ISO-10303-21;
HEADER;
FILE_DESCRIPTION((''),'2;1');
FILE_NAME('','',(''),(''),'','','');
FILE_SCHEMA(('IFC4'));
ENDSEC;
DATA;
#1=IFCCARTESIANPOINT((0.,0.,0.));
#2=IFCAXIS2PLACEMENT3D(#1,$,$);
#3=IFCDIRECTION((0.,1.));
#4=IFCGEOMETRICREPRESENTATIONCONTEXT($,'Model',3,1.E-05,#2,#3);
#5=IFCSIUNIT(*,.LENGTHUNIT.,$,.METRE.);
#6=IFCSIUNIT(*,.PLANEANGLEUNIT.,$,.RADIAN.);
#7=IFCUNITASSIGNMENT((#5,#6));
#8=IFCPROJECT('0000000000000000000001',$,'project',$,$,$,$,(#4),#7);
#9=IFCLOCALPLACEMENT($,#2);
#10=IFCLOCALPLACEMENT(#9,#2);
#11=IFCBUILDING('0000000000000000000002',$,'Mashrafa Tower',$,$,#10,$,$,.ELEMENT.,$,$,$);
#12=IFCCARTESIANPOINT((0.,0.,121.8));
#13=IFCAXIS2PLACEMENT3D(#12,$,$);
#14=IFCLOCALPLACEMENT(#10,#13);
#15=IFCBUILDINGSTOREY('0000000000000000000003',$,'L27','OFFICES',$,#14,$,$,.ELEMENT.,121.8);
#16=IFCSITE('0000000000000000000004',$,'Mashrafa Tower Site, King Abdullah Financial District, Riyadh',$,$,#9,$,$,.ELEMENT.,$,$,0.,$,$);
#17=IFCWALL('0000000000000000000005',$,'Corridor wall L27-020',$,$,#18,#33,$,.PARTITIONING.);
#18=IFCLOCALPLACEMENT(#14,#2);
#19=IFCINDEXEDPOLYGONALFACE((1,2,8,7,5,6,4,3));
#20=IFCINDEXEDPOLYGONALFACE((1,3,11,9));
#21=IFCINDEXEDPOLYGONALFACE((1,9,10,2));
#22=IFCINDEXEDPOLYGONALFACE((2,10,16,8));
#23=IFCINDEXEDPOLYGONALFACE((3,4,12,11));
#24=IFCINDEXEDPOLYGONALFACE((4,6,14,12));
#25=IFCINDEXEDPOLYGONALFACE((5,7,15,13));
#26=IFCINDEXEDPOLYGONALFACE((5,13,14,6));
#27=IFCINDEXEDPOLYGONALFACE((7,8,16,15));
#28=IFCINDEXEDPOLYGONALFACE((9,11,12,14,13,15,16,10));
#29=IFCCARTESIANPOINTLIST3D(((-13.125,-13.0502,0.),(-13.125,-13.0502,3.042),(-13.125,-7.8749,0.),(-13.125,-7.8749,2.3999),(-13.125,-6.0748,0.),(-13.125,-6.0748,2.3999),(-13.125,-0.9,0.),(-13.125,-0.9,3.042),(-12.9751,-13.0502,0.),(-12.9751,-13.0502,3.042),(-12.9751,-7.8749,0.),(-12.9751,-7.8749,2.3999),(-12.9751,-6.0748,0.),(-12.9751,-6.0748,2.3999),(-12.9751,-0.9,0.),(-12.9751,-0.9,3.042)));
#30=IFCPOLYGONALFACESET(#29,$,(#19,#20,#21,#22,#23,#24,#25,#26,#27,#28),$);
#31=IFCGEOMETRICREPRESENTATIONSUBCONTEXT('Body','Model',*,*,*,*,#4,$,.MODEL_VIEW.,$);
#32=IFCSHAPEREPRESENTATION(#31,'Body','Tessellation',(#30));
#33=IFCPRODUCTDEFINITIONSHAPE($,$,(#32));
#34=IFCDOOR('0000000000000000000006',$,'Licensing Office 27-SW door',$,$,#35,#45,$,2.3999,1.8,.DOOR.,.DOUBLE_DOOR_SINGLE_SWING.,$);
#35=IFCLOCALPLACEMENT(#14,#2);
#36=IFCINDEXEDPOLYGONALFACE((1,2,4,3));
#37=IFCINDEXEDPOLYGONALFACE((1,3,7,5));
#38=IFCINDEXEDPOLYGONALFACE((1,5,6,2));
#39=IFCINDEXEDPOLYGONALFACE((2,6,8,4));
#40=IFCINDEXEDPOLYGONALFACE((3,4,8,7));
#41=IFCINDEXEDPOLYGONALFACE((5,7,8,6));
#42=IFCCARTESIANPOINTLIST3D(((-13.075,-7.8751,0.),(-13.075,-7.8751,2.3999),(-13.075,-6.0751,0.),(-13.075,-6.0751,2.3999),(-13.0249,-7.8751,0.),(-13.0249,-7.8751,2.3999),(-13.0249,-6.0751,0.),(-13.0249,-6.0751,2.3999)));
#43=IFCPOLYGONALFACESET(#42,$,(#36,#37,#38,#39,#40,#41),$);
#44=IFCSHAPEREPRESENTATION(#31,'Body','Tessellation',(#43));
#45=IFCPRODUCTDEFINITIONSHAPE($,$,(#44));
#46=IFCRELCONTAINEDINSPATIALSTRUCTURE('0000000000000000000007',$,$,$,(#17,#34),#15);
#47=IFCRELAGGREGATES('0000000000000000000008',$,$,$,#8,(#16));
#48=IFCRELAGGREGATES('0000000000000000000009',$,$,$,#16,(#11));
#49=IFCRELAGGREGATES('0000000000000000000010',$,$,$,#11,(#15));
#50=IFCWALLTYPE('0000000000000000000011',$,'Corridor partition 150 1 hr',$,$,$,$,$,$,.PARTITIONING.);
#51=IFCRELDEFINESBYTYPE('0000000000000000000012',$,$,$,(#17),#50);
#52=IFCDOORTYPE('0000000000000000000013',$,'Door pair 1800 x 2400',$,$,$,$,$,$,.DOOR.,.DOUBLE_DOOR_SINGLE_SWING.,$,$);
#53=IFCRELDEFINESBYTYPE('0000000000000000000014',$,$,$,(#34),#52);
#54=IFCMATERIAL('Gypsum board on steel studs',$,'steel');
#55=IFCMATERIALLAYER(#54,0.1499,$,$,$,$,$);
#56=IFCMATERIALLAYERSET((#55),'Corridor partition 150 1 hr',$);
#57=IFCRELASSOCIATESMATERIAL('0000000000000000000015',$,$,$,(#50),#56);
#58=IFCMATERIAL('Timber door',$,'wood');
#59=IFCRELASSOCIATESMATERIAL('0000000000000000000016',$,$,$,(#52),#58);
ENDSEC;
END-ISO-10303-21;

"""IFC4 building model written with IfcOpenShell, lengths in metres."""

from ifc_helpers import new_model, si_unit, direction, frame, frame_2d, origin, place, context, subcontext, project, spatial, rectangle, extrude, material, layer, layer_set, type_object, element, fill, save


model = new_model("IFC4")

# Units and contexts
model_context = context("Model", 3, precision=1e-05, world=origin(), true_north=direction((0.0, 1.0)))
body_context = subcontext(model_context, "Body", "Model", "MODEL_VIEW")
ifc_project = project(units=[si_unit("LENGTHUNIT", "METRE"), si_unit("PLANEANGLEUNIT", "RADIAN")], contexts=[model_context])

# Site, building, storey
site_placement = place(None, origin())
site = spatial("IfcSite", under=ifc_project, at=site_placement, Name="Mashrafa Tower Site, King Abdullah Financial District, Riyadh", CompositionType="ELEMENT", RefElevation=0.0)
building_placement = place(site_placement, origin())
building = spatial("IfcBuilding", under=site, at=building_placement, Name="Mashrafa Tower", CompositionType="ELEMENT")
storey_placement = place(building_placement, frame((0.0, 0.0, 121.8)))
storey = spatial("IfcBuildingStorey", under=building, at=storey_placement, Name="L27", Description="OFFICES", CompositionType="ELEMENT", Elevation=121.8)

# Shared definitions
ifc_material_1 = material(Name="Gypsum board on steel studs", Category="steel")
ifc_layer_1 = layer(ifc_material_1, 0.1499)
ifc_layer_set_1 = layer_set([ifc_layer_1], Name="Corridor partition 150 1 hr")
wall_type_1 = type_object("IfcWallType", Name="Corridor partition 150 1 hr", PredefinedType="PARTITIONING", material=ifc_layer_set_1)

# Wall, opening, door
ifc_material_2 = material(Name="Timber door", Category="wood")
door_type_1 = type_object("IfcDoorType", Name="Door pair 1800 x 2400", OperationType="DOUBLE_DOOR_SINGLE_SWING", PredefinedType="DOOR", material=ifc_material_2)
wall_1_placement = place(storey_placement, frame((-13.05, -0.8999, 0.0), z_axis=(0.0, 0.0, 1.0), x_axis=(0.0, -1.0, 0.0)))
wall_1 = element("IfcWall", 1, at=wall_1_placement, inside=storey, type_object=wall_type_1, Name="Corridor wall L27-020", PredefinedType="PARTITIONING", context=body_context, shape_type="SweptSolid", body=[
    extrude(rectangle(XDim=12.1501, YDim=0.1499, at=frame_2d((6.0752, 0.0))), origin(), (0.0, 0.0, 1.0), 3.042),
])
opening_1_placement = place(wall_1_placement, frame((5.175, 0.0, 0.0)))
opening_1 = element("IfcOpeningElement", 2, at=opening_1_placement, cuts=wall_1, PredefinedType="OPENING", context=body_context, shape_type="SweptSolid", body=[
    extrude(rectangle(XDim=1.8, YDim=2.3999, at=frame_2d((0.8999, 1.2))), frame((0.0, 0.085, 0.0), z_axis=(0.0, -1.0, 0.0), x_axis=(1.0, 0.0, 0.0)), (0.0, 0.0, 1.0), 0.1699),
])
door_1_placement = place(opening_1_placement, frame((1.8, 0.0, 0.0), z_axis=(0.0, 0.0, 1.0), x_axis=(-1.0, 0.0, 0.0)))
door_1 = element("IfcDoor", 3, at=door_1_placement, inside=storey, type_object=door_type_1, Name="Licensing Office 27-SW door", OperationType="DOUBLE_DOOR_SINGLE_SWING", OverallHeight=2.3999, OverallWidth=1.8, PredefinedType="DOOR", context=body_context, shape_type="SweptSolid", body=[
    extrude(rectangle(XDim=1.8, YDim=2.3999, at=frame_2d((0.8999, 1.2))), frame((0.0, 0.0249, 0.0), z_axis=(0.0, -1.0, 0.0), x_axis=(1.0, 0.0, 0.0)), (0.0, 0.0, 1.0), 0.05),
])
fill(opening_1, door_1)

save(model, "model.ifc")
